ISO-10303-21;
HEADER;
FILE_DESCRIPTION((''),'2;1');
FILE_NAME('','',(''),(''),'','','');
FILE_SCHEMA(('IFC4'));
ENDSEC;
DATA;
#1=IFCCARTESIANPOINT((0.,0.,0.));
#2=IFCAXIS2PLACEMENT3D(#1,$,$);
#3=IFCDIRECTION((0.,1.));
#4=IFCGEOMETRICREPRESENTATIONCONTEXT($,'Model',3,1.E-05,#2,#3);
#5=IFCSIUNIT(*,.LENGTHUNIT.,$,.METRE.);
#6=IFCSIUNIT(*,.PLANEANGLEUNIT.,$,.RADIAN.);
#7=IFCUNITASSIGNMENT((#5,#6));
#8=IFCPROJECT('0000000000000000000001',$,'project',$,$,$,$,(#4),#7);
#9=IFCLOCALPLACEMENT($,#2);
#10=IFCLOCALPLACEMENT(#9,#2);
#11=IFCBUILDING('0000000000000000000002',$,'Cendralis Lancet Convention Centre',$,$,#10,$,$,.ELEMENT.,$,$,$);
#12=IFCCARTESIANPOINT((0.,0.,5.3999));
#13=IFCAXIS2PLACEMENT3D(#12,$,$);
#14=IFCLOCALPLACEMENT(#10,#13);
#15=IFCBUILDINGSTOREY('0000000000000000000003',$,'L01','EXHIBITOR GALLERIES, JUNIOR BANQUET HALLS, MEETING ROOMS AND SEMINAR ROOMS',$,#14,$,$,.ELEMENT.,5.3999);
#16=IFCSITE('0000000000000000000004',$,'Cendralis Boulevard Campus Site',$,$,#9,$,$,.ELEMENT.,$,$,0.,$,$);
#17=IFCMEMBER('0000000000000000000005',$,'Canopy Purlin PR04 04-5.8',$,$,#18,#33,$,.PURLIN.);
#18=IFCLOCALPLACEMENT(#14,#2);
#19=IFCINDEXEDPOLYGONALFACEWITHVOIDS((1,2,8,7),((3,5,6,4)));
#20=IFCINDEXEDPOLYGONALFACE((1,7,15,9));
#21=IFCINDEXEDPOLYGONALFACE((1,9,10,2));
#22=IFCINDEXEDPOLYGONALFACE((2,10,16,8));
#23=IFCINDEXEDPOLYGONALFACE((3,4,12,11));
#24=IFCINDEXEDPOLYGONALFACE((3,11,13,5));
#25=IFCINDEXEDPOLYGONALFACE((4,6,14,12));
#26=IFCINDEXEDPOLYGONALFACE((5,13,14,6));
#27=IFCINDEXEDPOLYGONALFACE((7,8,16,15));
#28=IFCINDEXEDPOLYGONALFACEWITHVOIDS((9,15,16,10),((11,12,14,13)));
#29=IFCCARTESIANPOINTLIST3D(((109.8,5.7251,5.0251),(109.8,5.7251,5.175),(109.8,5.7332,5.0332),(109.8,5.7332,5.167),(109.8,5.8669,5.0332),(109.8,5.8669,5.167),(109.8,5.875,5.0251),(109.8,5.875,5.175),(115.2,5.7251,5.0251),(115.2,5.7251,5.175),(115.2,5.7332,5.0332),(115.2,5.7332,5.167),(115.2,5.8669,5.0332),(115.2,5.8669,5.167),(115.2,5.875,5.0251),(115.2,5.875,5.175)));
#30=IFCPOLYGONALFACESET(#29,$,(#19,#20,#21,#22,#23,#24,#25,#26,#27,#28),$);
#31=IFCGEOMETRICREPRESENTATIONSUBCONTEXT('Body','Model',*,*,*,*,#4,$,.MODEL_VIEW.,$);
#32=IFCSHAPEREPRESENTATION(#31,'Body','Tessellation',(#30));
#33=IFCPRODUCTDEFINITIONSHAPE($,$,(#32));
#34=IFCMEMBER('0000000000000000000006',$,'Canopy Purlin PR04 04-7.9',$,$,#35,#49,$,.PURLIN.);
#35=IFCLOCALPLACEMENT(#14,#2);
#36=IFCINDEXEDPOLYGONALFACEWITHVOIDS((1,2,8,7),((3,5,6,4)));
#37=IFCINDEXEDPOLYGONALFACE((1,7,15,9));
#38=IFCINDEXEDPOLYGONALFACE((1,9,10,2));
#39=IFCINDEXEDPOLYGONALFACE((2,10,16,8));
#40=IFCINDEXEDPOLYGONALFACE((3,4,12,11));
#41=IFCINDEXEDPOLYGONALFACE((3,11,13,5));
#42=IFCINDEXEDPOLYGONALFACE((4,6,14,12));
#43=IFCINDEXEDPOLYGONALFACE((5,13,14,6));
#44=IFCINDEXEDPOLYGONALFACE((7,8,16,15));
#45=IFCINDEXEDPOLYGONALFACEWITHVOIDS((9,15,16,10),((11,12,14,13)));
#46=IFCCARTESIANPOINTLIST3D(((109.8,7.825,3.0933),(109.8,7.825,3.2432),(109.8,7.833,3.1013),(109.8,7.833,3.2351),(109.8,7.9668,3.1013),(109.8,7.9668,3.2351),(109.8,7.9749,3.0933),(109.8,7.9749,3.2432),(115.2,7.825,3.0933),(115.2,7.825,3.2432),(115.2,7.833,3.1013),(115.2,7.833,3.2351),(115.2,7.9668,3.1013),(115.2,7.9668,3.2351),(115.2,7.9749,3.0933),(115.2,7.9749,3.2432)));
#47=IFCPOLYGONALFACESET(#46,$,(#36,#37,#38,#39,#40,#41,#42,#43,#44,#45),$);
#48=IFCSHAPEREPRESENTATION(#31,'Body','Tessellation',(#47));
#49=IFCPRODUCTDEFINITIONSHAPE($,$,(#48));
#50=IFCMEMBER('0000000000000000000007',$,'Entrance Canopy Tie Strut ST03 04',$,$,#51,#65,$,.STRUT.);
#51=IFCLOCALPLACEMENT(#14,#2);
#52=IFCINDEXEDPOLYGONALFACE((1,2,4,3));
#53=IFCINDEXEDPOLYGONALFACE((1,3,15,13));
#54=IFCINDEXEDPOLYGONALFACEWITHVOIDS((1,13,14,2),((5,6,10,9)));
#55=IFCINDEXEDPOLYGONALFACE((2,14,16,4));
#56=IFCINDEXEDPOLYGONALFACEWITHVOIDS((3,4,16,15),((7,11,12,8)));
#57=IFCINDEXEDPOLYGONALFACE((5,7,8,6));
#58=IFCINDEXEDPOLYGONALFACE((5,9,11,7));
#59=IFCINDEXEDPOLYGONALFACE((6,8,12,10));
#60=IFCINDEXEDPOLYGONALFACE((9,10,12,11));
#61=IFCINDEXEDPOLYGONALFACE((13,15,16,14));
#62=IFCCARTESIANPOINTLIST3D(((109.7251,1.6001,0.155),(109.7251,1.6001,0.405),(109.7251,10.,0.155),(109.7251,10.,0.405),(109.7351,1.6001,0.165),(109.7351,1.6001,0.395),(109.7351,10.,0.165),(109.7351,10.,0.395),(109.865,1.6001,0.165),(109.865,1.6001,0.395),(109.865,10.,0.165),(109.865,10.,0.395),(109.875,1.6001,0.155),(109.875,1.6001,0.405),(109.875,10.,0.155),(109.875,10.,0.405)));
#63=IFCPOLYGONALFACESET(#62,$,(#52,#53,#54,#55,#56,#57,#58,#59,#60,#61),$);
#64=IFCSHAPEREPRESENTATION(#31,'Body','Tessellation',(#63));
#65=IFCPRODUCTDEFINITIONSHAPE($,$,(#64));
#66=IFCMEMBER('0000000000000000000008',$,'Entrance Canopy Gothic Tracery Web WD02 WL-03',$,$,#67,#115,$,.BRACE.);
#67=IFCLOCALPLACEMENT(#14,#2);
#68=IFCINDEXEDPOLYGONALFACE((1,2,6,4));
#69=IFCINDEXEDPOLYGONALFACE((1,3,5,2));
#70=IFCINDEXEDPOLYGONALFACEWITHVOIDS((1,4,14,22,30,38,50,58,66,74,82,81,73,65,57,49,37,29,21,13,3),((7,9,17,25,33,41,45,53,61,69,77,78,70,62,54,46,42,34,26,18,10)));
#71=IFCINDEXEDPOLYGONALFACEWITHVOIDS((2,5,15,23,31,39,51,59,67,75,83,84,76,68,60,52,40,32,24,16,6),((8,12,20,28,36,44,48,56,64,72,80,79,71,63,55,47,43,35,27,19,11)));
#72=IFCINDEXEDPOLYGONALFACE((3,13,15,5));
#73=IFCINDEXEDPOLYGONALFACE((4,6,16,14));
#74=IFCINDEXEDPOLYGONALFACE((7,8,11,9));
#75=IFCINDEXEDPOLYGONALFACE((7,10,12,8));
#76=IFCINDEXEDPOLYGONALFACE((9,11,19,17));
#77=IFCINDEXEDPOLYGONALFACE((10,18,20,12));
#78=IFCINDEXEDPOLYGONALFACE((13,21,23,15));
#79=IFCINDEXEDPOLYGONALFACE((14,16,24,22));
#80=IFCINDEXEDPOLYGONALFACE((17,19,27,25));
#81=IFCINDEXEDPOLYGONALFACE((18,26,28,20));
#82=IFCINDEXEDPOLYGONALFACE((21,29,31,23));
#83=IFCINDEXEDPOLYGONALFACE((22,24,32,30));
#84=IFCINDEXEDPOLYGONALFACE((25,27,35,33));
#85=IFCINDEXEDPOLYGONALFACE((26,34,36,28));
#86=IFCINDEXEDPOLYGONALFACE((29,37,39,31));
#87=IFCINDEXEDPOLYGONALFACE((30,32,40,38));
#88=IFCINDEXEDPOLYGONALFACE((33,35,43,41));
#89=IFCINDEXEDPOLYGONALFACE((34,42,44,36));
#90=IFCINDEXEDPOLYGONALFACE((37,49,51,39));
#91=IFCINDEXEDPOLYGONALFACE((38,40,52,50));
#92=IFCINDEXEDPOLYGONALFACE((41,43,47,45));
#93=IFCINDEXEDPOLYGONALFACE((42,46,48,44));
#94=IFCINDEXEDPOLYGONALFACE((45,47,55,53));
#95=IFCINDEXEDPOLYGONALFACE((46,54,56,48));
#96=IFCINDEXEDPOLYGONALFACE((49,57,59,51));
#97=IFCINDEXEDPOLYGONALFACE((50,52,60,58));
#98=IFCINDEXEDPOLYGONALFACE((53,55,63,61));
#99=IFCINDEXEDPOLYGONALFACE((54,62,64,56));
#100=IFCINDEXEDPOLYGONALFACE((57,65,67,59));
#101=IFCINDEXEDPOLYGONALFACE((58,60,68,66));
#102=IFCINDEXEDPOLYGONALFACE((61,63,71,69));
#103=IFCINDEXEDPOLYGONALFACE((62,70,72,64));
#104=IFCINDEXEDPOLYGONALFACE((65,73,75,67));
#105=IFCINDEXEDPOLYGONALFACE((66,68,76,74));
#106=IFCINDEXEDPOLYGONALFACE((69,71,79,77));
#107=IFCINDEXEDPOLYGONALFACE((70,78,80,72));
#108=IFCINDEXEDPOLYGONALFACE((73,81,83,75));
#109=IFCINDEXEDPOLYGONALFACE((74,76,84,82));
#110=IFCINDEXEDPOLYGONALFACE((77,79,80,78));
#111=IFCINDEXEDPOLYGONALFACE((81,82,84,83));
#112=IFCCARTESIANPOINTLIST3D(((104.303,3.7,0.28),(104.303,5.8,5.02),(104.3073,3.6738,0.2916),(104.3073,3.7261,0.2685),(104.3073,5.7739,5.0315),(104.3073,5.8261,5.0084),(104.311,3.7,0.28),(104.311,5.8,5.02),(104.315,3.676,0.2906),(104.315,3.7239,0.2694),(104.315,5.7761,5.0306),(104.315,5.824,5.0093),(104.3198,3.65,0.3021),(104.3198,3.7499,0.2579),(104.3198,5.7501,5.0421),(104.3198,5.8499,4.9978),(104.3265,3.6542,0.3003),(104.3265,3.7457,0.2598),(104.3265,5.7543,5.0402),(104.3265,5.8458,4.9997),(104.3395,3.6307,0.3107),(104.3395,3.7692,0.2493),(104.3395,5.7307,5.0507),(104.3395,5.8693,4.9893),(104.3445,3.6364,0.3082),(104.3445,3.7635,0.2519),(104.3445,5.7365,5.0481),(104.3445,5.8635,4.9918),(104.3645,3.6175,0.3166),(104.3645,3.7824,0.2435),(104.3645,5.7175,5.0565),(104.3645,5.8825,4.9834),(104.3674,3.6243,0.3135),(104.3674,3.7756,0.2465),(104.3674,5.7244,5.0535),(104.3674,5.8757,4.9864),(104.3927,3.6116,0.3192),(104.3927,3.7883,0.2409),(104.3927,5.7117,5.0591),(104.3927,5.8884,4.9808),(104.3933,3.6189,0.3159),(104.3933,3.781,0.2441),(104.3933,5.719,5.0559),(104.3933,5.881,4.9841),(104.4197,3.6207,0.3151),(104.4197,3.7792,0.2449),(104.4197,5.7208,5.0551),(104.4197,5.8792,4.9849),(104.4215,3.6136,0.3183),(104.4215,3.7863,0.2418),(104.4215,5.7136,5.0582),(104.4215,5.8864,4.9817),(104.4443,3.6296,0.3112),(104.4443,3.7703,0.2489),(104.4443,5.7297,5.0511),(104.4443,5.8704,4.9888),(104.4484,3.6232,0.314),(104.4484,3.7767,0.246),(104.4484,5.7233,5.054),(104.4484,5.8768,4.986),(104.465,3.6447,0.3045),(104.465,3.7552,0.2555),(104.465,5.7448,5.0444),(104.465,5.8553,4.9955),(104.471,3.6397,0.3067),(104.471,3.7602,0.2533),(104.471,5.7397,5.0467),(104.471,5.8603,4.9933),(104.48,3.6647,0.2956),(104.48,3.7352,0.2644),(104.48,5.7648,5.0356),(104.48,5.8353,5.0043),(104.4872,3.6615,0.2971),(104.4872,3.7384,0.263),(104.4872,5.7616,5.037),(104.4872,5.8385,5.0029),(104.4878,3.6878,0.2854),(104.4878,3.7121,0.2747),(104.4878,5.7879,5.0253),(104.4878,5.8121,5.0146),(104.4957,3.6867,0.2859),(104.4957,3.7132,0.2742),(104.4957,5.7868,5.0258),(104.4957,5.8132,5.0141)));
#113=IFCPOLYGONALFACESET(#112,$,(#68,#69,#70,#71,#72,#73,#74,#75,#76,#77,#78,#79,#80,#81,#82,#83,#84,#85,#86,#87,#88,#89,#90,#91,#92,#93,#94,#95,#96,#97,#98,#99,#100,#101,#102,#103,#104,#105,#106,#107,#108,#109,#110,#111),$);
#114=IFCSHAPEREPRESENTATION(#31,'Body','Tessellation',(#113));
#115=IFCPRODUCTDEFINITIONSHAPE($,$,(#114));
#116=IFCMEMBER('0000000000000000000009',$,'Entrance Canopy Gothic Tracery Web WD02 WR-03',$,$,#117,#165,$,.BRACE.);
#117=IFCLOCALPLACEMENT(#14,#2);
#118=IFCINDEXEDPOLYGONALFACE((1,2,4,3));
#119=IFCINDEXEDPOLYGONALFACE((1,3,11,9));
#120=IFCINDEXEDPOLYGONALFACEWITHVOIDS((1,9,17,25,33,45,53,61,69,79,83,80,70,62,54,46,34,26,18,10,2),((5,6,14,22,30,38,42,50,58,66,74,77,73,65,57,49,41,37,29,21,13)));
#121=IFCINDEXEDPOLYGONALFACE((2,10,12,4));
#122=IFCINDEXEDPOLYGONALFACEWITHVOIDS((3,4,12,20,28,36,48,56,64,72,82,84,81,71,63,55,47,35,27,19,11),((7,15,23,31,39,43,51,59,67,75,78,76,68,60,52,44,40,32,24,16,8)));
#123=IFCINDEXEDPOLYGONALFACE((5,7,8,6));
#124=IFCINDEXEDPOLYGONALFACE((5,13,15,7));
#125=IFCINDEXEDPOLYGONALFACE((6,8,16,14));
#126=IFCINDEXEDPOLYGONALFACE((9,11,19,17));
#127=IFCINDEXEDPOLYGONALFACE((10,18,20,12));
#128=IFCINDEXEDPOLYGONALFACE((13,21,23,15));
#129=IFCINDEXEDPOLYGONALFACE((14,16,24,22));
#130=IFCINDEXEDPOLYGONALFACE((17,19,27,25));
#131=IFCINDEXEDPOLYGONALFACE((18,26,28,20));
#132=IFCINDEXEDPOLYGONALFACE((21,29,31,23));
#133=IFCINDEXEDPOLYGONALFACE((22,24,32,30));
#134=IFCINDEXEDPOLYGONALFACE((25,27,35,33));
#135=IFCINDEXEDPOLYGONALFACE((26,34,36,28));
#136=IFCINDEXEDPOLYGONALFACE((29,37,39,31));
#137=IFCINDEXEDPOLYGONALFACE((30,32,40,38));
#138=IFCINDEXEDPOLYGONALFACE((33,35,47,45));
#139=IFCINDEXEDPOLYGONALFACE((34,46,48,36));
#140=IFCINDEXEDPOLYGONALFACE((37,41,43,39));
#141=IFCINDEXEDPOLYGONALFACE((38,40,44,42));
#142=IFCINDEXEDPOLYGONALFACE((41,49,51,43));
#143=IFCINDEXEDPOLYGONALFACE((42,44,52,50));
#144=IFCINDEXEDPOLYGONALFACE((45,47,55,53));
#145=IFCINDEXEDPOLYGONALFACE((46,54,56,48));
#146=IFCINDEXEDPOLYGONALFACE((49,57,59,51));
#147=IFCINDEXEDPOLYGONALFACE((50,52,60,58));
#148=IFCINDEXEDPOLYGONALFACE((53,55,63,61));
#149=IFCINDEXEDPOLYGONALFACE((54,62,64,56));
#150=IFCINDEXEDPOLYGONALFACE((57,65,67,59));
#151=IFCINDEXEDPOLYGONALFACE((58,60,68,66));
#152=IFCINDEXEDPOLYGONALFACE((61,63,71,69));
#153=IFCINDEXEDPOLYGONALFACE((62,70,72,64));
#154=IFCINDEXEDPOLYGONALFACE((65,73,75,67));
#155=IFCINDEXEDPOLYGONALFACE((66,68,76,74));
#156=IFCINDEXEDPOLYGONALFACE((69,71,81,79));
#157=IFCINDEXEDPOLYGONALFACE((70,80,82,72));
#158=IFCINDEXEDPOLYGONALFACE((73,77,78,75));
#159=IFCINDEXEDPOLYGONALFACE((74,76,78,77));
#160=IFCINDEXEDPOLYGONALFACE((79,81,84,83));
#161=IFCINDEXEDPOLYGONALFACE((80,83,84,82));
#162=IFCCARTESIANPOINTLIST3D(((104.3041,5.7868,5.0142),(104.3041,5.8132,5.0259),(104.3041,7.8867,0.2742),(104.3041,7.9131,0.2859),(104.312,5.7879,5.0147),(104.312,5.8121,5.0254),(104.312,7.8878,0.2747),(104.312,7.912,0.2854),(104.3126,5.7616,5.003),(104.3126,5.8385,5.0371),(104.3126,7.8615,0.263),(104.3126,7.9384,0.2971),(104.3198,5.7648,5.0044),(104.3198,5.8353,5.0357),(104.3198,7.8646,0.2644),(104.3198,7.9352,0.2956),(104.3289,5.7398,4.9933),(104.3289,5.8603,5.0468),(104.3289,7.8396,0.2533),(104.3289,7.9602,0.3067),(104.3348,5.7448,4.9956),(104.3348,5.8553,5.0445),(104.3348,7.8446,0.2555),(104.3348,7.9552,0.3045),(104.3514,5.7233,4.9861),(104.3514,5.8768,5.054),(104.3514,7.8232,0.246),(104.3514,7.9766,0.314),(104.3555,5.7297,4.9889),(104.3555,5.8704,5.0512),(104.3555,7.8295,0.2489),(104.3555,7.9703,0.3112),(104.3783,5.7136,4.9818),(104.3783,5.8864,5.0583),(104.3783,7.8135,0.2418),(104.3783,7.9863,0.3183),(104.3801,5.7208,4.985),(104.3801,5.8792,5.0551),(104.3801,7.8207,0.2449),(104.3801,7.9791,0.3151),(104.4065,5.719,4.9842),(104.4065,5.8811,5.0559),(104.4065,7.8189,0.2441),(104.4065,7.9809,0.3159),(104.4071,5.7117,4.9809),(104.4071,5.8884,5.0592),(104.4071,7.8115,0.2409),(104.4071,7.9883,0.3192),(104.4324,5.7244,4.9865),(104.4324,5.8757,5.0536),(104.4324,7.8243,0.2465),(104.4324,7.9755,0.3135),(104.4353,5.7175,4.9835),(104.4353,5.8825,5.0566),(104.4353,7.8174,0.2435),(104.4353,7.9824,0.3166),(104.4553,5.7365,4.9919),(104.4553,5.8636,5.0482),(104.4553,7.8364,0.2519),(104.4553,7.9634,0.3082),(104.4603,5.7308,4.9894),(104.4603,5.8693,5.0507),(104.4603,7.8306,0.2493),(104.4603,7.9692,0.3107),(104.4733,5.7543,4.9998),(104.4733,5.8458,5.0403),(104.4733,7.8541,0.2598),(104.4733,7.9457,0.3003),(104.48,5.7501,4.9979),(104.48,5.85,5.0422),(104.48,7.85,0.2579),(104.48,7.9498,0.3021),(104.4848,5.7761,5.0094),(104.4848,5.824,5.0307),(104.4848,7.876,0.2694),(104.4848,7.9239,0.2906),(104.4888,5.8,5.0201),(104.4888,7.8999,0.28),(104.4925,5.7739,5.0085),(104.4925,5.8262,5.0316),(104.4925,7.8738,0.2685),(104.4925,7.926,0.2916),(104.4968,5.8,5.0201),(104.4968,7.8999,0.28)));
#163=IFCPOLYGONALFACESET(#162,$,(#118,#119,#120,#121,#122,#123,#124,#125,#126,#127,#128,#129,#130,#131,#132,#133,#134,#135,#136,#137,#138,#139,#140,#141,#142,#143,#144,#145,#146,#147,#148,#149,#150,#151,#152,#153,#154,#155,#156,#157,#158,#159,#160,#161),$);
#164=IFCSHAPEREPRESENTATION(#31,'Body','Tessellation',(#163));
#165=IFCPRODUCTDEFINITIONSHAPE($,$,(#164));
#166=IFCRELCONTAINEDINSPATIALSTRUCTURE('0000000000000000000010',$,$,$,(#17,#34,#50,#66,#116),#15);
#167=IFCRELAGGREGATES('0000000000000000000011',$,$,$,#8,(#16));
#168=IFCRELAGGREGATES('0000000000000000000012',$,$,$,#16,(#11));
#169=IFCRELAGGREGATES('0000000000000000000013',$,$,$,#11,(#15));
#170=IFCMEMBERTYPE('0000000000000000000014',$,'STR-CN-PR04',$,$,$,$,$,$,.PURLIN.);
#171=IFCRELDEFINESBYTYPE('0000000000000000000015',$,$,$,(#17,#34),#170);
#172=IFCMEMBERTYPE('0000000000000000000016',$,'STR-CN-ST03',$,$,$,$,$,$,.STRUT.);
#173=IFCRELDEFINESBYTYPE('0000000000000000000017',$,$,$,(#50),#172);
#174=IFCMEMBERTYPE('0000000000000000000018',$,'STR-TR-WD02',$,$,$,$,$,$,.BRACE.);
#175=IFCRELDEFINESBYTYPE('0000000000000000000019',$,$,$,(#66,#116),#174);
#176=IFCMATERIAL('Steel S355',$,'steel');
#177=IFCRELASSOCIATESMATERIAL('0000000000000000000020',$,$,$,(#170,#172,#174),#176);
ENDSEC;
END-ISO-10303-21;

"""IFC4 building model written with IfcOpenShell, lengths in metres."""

from ifc_helpers import new_model, si_unit, direction, frame, origin, origin_2d, place, context, subcontext, project, spatial, hollow_rectangle, hollow_circle, extrude, material, material_profile, profile_set, type_object, element, save


model = new_model("IFC4")

# Units and contexts
model_context = context("Model", 3, precision=1e-05, world=origin(), true_north=direction((0.0, 1.0)))
body_context = subcontext(model_context, "Body", "Model", "MODEL_VIEW")
ifc_project = project(units=[si_unit("LENGTHUNIT", "METRE"), si_unit("PLANEANGLEUNIT", "RADIAN")], contexts=[model_context])

# Site, building, storey
site_placement = place(None, origin())
site = spatial("IfcSite", under=ifc_project, at=site_placement, Name="Cendralis Boulevard Campus Site", CompositionType="ELEMENT", RefElevation=0.0)
building_placement = place(site_placement, origin())
building = spatial("IfcBuilding", under=site, at=building_placement, Name="Cendralis Lancet Convention Centre", CompositionType="ELEMENT")
storey_placement = place(building_placement, frame((0.0, 0.0, 5.3999)))
storey = spatial("IfcBuildingStorey", under=building, at=storey_placement, Name="L01", Description="EXHIBITOR GALLERIES, JUNIOR BANQUET HALLS, MEETING ROOMS AND SEMINAR ROOMS", CompositionType="ELEMENT", Elevation=5.3999)

# Members
ifc_material = material(Name="Steel S355", Category="steel")
ifc_material_profile_1 = material_profile(ifc_material, hollow_rectangle(XDim=0.1499, YDim=0.1499, WallThickness=0.0081, at=origin_2d()), Name="SHS 150x150x8.0")
ifc_profile_set_1 = profile_set([ifc_material_profile_1], Name="Steel S355")
member_type_1 = type_object("IfcMemberType", Name="STR-CN-PR04", PredefinedType="PURLIN", material=ifc_profile_set_1)
for number, where, z_axis, x_axis, name in (
    (1, (109.8, 5.8, 5.1001), (1.0, 0.0, 0.0), (0.0, 1.0, 0.0), "Canopy Purlin PR04 04-5.8"),
    (2, (109.8, 7.8999, 3.1682), (1.0, 0.0, 0.0), (0.0, 1.0, 0.0), "Canopy Purlin PR04 04-7.9"),
):
    element("IfcMember", number, at=place(storey_placement, frame(where, z_axis=z_axis, x_axis=x_axis)), inside=storey, type_object=member_type_1, Name=name, PredefinedType="PURLIN", context=body_context, shape_type="SweptSolid", body=[
        extrude(hollow_rectangle(XDim=0.1499, YDim=0.1499, WallThickness=0.0081, at=origin_2d()), origin(), (0.0, 0.0, 1.0), 5.3999),
    ])
ifc_material_profile_2 = material_profile(ifc_material, hollow_rectangle(XDim=0.1499, YDim=0.25, WallThickness=0.01, at=origin_2d()), Name="RHS 250x150x10.0")
ifc_profile_set_2 = profile_set([ifc_material_profile_2], Name="Steel S355")
member_type_2 = type_object("IfcMemberType", Name="STR-CN-ST03", PredefinedType="STRUT", material=ifc_profile_set_2)
member_1_placement = place(storey_placement, frame((109.8, 1.6001, 0.28), z_axis=(0.0, 1.0, 0.0), x_axis=(-1.0, 0.0, 0.0)))
element("IfcMember", 3, at=member_1_placement, inside=storey, type_object=member_type_2, Name="Entrance Canopy Tie Strut ST03 04", PredefinedType="STRUT", context=body_context, shape_type="SweptSolid", body=[
    extrude(hollow_rectangle(XDim=0.1499, YDim=0.25, WallThickness=0.01, at=origin_2d()), origin(), (0.0, 0.0, 1.0), 8.3999),
])
ifc_material_profile_3 = material_profile(ifc_material, hollow_circle(Radius=0.0969, WallThickness=0.0081, at=origin_2d()), Name="CHS 193.7x8.0")
ifc_profile_set_3 = profile_set([ifc_material_profile_3], Name="Steel S355")
member_type_3 = type_object("IfcMemberType", Name="STR-TR-WD02", PredefinedType="BRACE", material=ifc_profile_set_3)
for number, where, z_axis, x_axis, name in (
    (4, (104.3999, 3.7, 0.28), (0.0, 0.405081, 0.914281), (-1.0, 0.0, 0.0), "Entrance Canopy Gothic Tracery Web WD02 WL-03"),
    (5, (104.3999, 7.8999, 0.28), (0.0, -0.405041, 0.914298), (1.0, 0.0, 0.0), "Entrance Canopy Gothic Tracery Web WD02 WR-03"),
):
    element("IfcMember", number, at=place(storey_placement, frame(where, z_axis=z_axis, x_axis=x_axis)), inside=storey, type_object=member_type_3, Name=name, PredefinedType="BRACE", context=body_context, shape_type="SweptSolid", body=[
        extrude(hollow_circle(Radius=0.0969, WallThickness=0.0081, at=origin_2d()), origin(), (0.0, 0.0, 1.0), 5.1843),
    ])

save(model, "model.ifc")
